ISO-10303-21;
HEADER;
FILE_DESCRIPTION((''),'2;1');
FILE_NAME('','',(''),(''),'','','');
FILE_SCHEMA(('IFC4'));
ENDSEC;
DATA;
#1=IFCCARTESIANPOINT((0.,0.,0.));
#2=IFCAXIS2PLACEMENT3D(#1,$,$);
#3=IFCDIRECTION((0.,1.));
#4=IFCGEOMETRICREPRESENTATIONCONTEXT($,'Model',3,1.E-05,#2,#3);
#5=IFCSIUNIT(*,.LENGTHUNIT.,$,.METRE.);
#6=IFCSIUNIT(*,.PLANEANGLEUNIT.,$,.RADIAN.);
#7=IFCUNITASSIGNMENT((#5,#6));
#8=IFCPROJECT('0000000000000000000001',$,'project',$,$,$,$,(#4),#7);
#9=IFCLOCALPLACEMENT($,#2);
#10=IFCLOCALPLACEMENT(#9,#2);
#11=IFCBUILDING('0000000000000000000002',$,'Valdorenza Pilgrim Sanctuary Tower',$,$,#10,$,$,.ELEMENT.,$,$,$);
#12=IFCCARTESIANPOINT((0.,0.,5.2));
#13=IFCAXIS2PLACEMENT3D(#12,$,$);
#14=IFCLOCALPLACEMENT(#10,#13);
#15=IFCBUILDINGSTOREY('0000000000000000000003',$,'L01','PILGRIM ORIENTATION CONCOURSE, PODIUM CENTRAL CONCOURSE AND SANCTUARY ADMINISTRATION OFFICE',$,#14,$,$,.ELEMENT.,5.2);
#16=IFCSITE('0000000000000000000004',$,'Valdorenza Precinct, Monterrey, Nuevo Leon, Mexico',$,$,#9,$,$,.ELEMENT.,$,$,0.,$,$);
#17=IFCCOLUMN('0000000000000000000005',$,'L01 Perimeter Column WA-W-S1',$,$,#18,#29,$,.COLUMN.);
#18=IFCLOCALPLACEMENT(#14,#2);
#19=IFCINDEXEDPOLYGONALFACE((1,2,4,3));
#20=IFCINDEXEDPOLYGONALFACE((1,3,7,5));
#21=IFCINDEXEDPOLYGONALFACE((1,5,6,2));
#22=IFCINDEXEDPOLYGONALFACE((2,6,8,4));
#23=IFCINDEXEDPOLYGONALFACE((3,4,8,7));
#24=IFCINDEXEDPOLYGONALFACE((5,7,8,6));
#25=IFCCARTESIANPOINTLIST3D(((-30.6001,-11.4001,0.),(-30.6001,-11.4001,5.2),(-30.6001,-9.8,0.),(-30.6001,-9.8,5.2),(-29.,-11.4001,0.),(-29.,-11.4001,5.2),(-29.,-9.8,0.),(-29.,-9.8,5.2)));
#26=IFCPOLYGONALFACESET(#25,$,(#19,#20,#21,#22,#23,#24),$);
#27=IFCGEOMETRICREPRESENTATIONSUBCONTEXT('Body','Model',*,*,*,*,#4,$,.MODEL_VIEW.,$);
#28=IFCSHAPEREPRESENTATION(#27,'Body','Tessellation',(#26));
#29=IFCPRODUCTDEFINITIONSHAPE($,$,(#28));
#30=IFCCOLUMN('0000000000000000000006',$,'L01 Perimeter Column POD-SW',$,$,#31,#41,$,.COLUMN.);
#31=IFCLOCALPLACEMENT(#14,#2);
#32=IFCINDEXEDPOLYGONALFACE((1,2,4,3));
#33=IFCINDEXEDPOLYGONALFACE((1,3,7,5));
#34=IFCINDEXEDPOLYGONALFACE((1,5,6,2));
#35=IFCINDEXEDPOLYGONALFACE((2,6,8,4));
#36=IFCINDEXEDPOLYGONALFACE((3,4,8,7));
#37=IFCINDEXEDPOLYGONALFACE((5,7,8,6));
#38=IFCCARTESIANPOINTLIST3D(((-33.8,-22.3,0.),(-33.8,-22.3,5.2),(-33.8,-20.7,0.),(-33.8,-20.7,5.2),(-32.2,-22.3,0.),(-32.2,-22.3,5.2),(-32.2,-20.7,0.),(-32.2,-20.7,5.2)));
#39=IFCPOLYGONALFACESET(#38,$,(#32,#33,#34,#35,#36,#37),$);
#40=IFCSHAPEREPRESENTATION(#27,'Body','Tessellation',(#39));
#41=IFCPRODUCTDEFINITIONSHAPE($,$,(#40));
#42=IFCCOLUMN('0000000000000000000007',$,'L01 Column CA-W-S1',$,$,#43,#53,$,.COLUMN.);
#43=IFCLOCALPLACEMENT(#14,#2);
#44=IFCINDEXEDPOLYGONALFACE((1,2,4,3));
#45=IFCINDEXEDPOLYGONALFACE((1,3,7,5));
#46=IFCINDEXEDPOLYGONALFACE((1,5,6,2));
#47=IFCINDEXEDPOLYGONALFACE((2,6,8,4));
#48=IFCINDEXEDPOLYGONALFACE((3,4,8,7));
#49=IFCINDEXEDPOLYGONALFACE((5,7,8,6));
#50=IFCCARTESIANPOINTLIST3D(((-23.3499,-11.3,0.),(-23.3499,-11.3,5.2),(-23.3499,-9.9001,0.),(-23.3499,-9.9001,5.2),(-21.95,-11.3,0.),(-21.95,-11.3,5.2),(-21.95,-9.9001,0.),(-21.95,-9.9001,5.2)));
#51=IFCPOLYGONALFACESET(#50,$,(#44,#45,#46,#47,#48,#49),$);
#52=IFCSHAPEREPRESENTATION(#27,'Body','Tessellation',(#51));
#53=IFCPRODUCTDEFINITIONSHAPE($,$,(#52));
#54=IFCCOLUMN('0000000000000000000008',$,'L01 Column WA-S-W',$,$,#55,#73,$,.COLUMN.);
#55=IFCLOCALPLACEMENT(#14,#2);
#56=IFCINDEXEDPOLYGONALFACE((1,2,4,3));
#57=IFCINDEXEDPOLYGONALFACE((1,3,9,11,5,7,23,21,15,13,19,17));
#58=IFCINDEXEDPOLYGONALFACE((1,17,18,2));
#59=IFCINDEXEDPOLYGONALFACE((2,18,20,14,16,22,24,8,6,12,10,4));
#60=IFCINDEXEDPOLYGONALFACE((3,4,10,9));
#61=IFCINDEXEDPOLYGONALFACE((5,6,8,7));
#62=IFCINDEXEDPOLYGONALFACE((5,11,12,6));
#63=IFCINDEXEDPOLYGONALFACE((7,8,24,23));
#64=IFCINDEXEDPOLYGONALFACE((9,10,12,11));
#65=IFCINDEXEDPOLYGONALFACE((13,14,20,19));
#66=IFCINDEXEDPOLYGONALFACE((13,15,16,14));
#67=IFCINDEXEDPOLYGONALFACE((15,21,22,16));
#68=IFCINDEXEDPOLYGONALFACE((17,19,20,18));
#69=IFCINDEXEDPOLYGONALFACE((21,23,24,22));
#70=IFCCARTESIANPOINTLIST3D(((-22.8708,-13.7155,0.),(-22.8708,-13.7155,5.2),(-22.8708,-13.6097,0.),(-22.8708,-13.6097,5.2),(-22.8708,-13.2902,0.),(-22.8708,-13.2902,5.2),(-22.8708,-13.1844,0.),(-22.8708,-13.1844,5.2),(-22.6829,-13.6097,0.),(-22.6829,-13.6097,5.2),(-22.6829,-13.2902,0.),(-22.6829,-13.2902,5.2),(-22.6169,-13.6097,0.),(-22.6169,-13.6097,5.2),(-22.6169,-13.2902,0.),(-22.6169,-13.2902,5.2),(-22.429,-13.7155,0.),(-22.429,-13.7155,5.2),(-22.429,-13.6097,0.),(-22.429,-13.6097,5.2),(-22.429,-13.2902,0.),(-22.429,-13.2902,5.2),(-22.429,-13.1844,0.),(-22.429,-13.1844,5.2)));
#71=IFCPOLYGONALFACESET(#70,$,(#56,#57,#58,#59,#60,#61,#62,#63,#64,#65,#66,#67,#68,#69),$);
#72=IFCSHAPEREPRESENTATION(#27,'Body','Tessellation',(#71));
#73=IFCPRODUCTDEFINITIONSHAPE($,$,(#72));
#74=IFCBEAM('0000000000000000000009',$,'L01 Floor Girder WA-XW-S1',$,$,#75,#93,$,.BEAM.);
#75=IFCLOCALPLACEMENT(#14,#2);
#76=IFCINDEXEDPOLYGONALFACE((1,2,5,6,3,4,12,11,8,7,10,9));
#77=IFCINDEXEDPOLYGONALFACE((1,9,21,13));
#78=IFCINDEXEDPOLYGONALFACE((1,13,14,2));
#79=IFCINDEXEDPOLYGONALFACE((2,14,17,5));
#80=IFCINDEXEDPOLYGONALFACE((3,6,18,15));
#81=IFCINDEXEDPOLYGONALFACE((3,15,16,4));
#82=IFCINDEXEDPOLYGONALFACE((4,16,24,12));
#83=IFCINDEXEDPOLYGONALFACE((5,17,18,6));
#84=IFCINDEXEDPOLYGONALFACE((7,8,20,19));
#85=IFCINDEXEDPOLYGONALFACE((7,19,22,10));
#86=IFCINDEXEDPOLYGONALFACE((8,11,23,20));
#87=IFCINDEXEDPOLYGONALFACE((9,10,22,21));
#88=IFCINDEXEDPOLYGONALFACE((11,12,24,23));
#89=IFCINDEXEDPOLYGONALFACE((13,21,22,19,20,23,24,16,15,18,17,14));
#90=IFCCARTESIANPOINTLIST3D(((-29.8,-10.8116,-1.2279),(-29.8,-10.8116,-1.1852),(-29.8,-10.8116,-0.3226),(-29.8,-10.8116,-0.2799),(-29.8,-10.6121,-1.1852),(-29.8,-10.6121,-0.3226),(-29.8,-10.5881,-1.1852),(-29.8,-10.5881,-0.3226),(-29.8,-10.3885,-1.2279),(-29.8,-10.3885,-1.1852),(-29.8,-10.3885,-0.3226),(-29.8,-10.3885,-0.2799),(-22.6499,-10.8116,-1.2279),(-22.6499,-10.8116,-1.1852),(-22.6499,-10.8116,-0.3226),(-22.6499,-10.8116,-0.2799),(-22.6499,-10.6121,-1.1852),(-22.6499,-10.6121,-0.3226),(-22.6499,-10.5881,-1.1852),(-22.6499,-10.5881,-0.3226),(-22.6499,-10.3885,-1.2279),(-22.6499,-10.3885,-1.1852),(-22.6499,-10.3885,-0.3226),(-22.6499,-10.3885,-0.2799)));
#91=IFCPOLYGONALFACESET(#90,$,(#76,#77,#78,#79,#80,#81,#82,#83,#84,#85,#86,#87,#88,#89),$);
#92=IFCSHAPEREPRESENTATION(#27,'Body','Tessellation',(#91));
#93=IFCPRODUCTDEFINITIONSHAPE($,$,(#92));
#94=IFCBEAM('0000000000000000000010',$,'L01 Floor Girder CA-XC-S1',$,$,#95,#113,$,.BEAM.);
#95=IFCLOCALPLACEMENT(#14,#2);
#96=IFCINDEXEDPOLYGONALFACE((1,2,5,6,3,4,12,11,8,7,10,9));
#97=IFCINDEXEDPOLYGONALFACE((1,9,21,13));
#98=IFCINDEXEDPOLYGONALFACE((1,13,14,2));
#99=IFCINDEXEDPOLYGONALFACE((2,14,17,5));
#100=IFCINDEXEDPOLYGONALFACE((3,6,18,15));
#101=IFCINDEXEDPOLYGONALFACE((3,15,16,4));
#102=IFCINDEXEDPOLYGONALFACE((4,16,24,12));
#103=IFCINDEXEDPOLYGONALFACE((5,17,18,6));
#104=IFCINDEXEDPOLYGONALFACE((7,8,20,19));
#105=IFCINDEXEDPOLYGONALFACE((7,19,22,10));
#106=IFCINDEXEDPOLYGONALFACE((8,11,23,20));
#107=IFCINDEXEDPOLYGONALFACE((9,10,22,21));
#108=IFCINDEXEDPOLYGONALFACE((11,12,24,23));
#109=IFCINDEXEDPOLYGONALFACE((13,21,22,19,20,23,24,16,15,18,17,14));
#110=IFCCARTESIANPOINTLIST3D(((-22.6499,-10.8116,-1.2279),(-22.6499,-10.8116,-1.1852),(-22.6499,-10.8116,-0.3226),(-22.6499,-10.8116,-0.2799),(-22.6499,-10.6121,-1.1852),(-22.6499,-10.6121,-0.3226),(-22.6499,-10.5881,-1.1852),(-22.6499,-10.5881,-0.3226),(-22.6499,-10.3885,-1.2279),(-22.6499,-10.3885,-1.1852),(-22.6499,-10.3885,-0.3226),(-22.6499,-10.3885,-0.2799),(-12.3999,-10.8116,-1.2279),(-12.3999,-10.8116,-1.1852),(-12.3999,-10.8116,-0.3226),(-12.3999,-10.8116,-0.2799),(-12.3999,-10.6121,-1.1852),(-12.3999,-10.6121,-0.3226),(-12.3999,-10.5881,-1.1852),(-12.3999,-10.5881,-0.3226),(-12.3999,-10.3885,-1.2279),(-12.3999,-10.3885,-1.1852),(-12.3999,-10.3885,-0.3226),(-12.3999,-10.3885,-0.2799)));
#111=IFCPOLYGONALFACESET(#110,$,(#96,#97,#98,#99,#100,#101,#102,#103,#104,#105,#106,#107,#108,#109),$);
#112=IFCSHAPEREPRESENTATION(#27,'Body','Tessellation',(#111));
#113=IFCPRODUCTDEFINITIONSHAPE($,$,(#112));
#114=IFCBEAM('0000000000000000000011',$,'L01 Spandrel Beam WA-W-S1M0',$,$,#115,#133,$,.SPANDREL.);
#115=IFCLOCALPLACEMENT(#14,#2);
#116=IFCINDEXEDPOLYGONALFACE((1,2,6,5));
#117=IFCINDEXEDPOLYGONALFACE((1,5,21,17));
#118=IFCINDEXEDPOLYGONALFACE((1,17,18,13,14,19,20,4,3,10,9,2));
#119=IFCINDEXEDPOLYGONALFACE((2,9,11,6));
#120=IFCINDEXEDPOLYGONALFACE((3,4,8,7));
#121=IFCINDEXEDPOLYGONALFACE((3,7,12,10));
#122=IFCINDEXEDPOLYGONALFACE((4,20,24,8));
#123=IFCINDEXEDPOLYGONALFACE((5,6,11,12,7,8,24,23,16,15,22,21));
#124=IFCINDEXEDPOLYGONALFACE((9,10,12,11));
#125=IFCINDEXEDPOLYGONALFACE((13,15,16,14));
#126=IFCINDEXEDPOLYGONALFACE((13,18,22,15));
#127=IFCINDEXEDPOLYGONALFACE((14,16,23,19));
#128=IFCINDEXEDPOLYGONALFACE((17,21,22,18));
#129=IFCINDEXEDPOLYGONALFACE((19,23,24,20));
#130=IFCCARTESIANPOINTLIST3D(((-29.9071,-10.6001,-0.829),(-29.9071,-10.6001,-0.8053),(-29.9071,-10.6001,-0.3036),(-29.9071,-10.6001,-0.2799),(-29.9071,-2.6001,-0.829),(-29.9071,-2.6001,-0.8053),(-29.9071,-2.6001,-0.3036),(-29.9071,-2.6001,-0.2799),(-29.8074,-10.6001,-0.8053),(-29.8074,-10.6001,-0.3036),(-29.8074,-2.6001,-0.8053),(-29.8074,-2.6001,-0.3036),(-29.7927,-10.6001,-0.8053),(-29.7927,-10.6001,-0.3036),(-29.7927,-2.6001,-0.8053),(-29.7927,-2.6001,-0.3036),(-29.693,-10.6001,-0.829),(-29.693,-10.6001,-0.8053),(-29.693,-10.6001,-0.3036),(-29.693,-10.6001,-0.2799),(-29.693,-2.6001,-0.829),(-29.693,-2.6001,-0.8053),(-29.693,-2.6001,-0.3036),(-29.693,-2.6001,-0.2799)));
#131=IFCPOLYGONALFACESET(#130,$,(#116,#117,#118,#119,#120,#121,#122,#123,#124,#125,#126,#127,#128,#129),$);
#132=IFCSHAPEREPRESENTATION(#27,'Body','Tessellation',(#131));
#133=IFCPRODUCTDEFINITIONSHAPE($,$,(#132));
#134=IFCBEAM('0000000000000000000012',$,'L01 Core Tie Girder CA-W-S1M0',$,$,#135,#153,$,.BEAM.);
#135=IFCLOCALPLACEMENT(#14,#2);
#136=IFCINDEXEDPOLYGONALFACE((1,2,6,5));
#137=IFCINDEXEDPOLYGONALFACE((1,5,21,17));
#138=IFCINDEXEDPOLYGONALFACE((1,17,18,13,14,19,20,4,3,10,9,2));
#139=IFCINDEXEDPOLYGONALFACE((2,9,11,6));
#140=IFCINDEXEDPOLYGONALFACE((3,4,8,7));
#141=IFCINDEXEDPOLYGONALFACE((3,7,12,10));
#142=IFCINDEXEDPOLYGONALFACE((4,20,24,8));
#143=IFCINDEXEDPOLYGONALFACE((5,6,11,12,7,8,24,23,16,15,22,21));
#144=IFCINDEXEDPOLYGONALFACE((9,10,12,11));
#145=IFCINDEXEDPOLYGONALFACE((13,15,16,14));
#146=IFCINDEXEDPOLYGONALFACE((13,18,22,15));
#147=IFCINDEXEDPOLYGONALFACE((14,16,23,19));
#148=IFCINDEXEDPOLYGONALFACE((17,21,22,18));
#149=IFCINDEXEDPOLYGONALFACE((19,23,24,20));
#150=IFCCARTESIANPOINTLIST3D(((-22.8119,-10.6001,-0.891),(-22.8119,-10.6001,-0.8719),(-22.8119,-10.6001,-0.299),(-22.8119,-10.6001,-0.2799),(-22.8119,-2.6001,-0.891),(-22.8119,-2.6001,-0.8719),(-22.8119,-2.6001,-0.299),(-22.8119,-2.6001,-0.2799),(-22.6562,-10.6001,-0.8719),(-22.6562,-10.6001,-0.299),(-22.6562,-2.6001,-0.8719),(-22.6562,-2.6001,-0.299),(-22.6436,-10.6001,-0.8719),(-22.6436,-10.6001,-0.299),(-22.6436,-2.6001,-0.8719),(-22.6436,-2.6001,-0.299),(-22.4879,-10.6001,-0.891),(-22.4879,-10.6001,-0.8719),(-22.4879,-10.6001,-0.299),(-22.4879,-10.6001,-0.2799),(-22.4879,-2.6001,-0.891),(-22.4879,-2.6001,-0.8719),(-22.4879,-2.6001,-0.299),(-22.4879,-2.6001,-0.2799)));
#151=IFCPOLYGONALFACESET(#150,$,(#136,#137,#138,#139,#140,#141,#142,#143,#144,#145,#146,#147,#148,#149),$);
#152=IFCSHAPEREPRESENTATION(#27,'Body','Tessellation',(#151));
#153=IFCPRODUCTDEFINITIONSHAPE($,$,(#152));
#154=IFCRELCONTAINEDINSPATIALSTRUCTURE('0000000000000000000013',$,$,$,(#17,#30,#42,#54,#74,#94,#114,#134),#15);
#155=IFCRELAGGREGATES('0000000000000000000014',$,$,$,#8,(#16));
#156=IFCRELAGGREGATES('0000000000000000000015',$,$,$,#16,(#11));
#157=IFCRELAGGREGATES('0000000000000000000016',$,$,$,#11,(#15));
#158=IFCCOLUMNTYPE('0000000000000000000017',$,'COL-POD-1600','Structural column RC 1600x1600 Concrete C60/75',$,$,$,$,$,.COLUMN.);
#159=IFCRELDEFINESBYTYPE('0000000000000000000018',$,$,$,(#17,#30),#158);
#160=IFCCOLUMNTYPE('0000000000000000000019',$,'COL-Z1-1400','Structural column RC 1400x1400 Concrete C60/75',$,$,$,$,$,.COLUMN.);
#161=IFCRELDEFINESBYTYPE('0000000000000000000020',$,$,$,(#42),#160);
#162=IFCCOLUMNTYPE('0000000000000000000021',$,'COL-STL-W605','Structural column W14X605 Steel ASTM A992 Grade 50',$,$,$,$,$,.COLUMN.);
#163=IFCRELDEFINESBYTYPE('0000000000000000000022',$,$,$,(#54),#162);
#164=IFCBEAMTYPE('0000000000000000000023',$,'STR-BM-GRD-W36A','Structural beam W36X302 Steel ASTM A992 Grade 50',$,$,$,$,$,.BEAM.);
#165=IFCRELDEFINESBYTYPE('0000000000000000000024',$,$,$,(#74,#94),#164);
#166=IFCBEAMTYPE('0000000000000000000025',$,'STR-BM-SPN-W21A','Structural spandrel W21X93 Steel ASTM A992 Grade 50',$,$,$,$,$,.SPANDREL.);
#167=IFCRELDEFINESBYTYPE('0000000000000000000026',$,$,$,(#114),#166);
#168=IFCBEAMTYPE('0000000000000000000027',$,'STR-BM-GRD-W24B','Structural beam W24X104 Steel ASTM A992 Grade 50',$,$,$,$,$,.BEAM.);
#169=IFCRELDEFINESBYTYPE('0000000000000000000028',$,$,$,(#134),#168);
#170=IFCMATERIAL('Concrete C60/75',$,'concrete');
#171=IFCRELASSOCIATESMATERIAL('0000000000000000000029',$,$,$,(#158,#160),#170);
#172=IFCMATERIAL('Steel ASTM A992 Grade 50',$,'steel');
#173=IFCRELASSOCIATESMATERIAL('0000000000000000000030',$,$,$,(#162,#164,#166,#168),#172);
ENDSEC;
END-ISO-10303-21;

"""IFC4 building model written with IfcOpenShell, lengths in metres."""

from ifc_helpers import new_model, si_unit, direction, frame, origin, origin_2d, place, context, subcontext, project, spatial, rectangle, i_section, extrude, source, transform, mapped, material, material_profile, profile_set, type_object, element, save


model = new_model("IFC4")

# Units and contexts
model_context = context("Model", 3, precision=1e-05, world=origin(), true_north=direction((0.0, 1.0)))
body_context = subcontext(model_context, "Body", "Model", "MODEL_VIEW")
ifc_project = project(units=[si_unit("LENGTHUNIT", "METRE"), si_unit("PLANEANGLEUNIT", "RADIAN")], contexts=[model_context])

# Site, building, storey
site_placement = place(None, origin())
site = spatial("IfcSite", under=ifc_project, at=site_placement, Name="Valdorenza Precinct, Monterrey, Nuevo Leon, Mexico", CompositionType="ELEMENT", RefElevation=0.0)
building_placement = place(site_placement, origin())
building = spatial("IfcBuilding", under=site, at=building_placement, Name="Valdorenza Pilgrim Sanctuary Tower", CompositionType="ELEMENT")
storey_placement = place(building_placement, frame((0.0, 0.0, 5.2)))
storey = spatial("IfcBuildingStorey", under=building, at=storey_placement, Name="L01", Description="PILGRIM ORIENTATION CONCOURSE, PODIUM CENTRAL CONCOURSE AND SANCTUARY ADMINISTRATION OFFICE", CompositionType="ELEMENT", Elevation=5.2)

# Columns
ifc_material_1 = material(Name="Concrete C60/75", Category="concrete")
ifc_material_profile_1 = material_profile(ifc_material_1, rectangle(XDim=1.6001, YDim=1.6001, at=origin_2d()), Name="RC 1600x1600")
ifc_profile_set_1 = profile_set([ifc_material_profile_1], Name="Concrete C60/75")
column_type_1 = type_object("IfcColumnType", Name="COL-POD-1600", Description="Structural column RC 1600x1600 Concrete C60/75", PredefinedType="COLUMN", material=ifc_profile_set_1)
shared_shape_1 = source(origin(), body_context, "Body", "SweptSolid", [
    extrude(rectangle(XDim=1.6001, YDim=1.6001, at=origin_2d()), origin(), (0.0, 0.0, 1.0), 5.2),
])
for number, where, z_axis, x_axis, name in (
    (1, (-29.8, -10.6001, 0.0), (0.0, 0.0, 1.0), (1.0, 0.0, 0.0), "L01 Perimeter Column WA-W-S1"),
    (2, (-33.0, -21.5, 0.0), (0.0, 0.0, 1.0), (1.0, 0.0, 0.0), "L01 Perimeter Column POD-SW"),
):
    element("IfcColumn", number, at=place(storey_placement, frame(where, z_axis=z_axis, x_axis=x_axis)), inside=storey, type_object=column_type_1, Name=name, PredefinedType="COLUMN", context=body_context, shape_type="MappedRepresentation", body=[
        mapped(shared_shape_1, transform((0.0, 0.0, 0.0), x_axis=(1.0, 0.0, 0.0), y_axis=(0.0, 1.0, 0.0), z_axis=(0.0, 0.0, 1.0), scale=1.0)),
    ])
ifc_material_profile_2 = material_profile(ifc_material_1, rectangle(XDim=1.3999, YDim=1.3999, at=origin_2d()), Name="RC 1400x1400")
ifc_profile_set_2 = profile_set([ifc_material_profile_2], Name="Concrete C60/75")
column_type_2 = type_object("IfcColumnType", Name="COL-Z1-1400", Description="Structural column RC 1400x1400 Concrete C60/75", PredefinedType="COLUMN", material=ifc_profile_set_2)
shared_shape_2 = source(origin(), body_context, "Body", "SweptSolid", [
    extrude(rectangle(XDim=1.3999, YDim=1.3999, at=origin_2d()), origin(), (0.0, 0.0, 1.0), 5.2),
])
column_1_placement = place(storey_placement, frame((-22.6499, -10.6001, 0.0), z_axis=(0.0, 0.0, 1.0), x_axis=(1.0, 0.0, 0.0)))
element("IfcColumn", 3, at=column_1_placement, inside=storey, type_object=column_type_2, Name="L01 Column CA-W-S1", PredefinedType="COLUMN", context=body_context, shape_type="MappedRepresentation", body=[
    mapped(shared_shape_2, transform((0.0, 0.0, 0.0), x_axis=(1.0, 0.0, 0.0), y_axis=(0.0, 1.0, 0.0), z_axis=(0.0, 0.0, 1.0), scale=1.0)),
])
ifc_material_2 = material(Name="Steel ASTM A992 Grade 50", Category="steel")
ifc_material_profile_3 = material_profile(ifc_material_2, i_section(OverallWidth=0.4419, OverallDepth=0.531, WebThickness=0.0659, FlangeThickness=0.1057, at=origin_2d()), Name="W14X605")
ifc_profile_set_3 = profile_set([ifc_material_profile_3], Name="Steel ASTM A992 Grade 50")
column_type_3 = type_object("IfcColumnType", Name="COL-STL-W605", Description="Structural column W14X605 Steel ASTM A992 Grade 50", PredefinedType="COLUMN", material=ifc_profile_set_3)
shared_shape_3 = source(origin(), body_context, "Body", "SweptSolid", [
    extrude(i_section(OverallWidth=0.4419, OverallDepth=0.531, WebThickness=0.0659, FlangeThickness=0.1057, at=origin_2d()), origin(), (0.0, 0.0, 1.0), 5.2),
])
column_2_placement = place(storey_placement, frame((-22.6499, -13.45, 0.0), z_axis=(0.0, 0.0, 1.0), x_axis=(1.0, 0.0, 0.0)))
element("IfcColumn", 4, at=column_2_placement, inside=storey, type_object=column_type_3, Name="L01 Column WA-S-W", PredefinedType="COLUMN", context=body_context, shape_type="MappedRepresentation", body=[
    mapped(shared_shape_3, transform((0.0, 0.0, 0.0), x_axis=(1.0, 0.0, 0.0), y_axis=(0.0, 1.0, 0.0), z_axis=(0.0, 0.0, 1.0), scale=1.0)),
])

# Beams
ifc_material_profile_4 = material_profile(ifc_material_2, i_section(OverallWidth=0.4231, OverallDepth=0.948, WebThickness=0.0239, FlangeThickness=0.0427, at=origin_2d()), Name="W36X302")
ifc_profile_set_4 = profile_set([ifc_material_profile_4], Name="Steel ASTM A992 Grade 50")
beam_type_1 = type_object("IfcBeamType", Name="STR-BM-GRD-W36A", Description="Structural beam W36X302 Steel ASTM A992 Grade 50", PredefinedType="BEAM", material=ifc_profile_set_4)
shared_shape_4 = source(origin(), body_context, "Body", "SweptSolid", [
    extrude(i_section(OverallWidth=0.4231, OverallDepth=0.948, WebThickness=0.0239, FlangeThickness=0.0427, at=origin_2d()), origin(), (0.0, 0.0, 1.0), 7.1501),
])
beam_1_placement = place(storey_placement, frame((-29.8, -10.6001, -0.7539), z_axis=(1.0, 0.0, 0.0), x_axis=(0.0, 1.0, 0.0)))
element("IfcBeam", 5, at=beam_1_placement, inside=storey, type_object=beam_type_1, Name="L01 Floor Girder WA-XW-S1", PredefinedType="BEAM", context=body_context, shape_type="MappedRepresentation", body=[
    mapped(shared_shape_4, transform((0.0, 0.0, 0.0), x_axis=(1.0, 0.0, 0.0), y_axis=(0.0, 1.0, 0.0), z_axis=(0.0, 0.0, 1.0), scale=1.0)),
])
shared_shape_5 = source(origin(), body_context, "Body", "SweptSolid", [
    extrude(i_section(OverallWidth=0.4231, OverallDepth=0.948, WebThickness=0.0239, FlangeThickness=0.0427, at=origin_2d()), origin(), (0.0, 0.0, 1.0), 10.25),
])
beam_2_placement = place(storey_placement, frame((-22.6499, -10.6001, -0.7539), z_axis=(1.0, 0.0, 0.0), x_axis=(0.0, 1.0, 0.0)))
element("IfcBeam", 6, at=beam_2_placement, inside=storey, type_object=beam_type_1, Name="L01 Floor Girder CA-XC-S1", PredefinedType="BEAM", context=body_context, shape_type="MappedRepresentation", body=[
    mapped(shared_shape_5, transform((0.0, 0.0, 0.0), x_axis=(1.0, 0.0, 0.0), y_axis=(0.0, 1.0, 0.0), z_axis=(0.0, 0.0, 1.0), scale=1.0)),
])
ifc_material_profile_5 = material_profile(ifc_material_2, i_section(OverallWidth=0.2141, OverallDepth=0.5491, WebThickness=0.0146, FlangeThickness=0.0237, at=origin_2d()), Name="W21X93")
ifc_profile_set_5 = profile_set([ifc_material_profile_5], Name="Steel ASTM A992 Grade 50")
beam_type_2 = type_object("IfcBeamType", Name="STR-BM-SPN-W21A", Description="Structural spandrel W21X93 Steel ASTM A992 Grade 50", PredefinedType="SPANDREL", material=ifc_profile_set_5)
shared_shape_6 = source(origin(), body_context, "Body", "SweptSolid", [
    extrude(i_section(OverallWidth=0.2141, OverallDepth=0.5491, WebThickness=0.0146, FlangeThickness=0.0237, at=origin_2d()), origin(), (0.0, 0.0, 1.0), 8.0),
])
beam_3_placement = place(storey_placement, frame((-29.8, -10.6001, -0.5544), z_axis=(0.0, 1.0, 0.0), x_axis=(-1.0, 0.0, 0.0)))
element("IfcBeam", 7, at=beam_3_placement, inside=storey, type_object=beam_type_2, Name="L01 Spandrel Beam WA-W-S1M0", PredefinedType="SPANDREL", context=body_context, shape_type="MappedRepresentation", body=[
    mapped(shared_shape_6, transform((0.0, 0.0, 0.0), x_axis=(1.0, 0.0, 0.0), y_axis=(0.0, 1.0, 0.0), z_axis=(0.0, 0.0, 1.0), scale=1.0)),
])
ifc_material_profile_6 = material_profile(ifc_material_2, i_section(OverallWidth=0.324, OverallDepth=0.6111, WebThickness=0.0127, FlangeThickness=0.019, at=origin_2d()), Name="W24X104")
ifc_profile_set_6 = profile_set([ifc_material_profile_6], Name="Steel ASTM A992 Grade 50")
beam_type_3 = type_object("IfcBeamType", Name="STR-BM-GRD-W24B", Description="Structural beam W24X104 Steel ASTM A992 Grade 50", PredefinedType="BEAM", material=ifc_profile_set_6)
shared_shape_7 = source(origin(), body_context, "Body", "SweptSolid", [
    extrude(i_section(OverallWidth=0.324, OverallDepth=0.6111, WebThickness=0.0127, FlangeThickness=0.019, at=origin_2d()), origin(), (0.0, 0.0, 1.0), 8.0),
])
beam_4_placement = place(storey_placement, frame((-22.6499, -10.6001, -0.5854), z_axis=(0.0, 1.0, 0.0), x_axis=(-1.0, 0.0, 0.0)))
element("IfcBeam", 8, at=beam_4_placement, inside=storey, type_object=beam_type_3, Name="L01 Core Tie Girder CA-W-S1M0", PredefinedType="BEAM", context=body_context, shape_type="MappedRepresentation", body=[
    mapped(shared_shape_7, transform((0.0, 0.0, 0.0), x_axis=(1.0, 0.0, 0.0), y_axis=(0.0, 1.0, 0.0), z_axis=(0.0, 0.0, 1.0), scale=1.0)),
])

save(model, "model.ifc")
